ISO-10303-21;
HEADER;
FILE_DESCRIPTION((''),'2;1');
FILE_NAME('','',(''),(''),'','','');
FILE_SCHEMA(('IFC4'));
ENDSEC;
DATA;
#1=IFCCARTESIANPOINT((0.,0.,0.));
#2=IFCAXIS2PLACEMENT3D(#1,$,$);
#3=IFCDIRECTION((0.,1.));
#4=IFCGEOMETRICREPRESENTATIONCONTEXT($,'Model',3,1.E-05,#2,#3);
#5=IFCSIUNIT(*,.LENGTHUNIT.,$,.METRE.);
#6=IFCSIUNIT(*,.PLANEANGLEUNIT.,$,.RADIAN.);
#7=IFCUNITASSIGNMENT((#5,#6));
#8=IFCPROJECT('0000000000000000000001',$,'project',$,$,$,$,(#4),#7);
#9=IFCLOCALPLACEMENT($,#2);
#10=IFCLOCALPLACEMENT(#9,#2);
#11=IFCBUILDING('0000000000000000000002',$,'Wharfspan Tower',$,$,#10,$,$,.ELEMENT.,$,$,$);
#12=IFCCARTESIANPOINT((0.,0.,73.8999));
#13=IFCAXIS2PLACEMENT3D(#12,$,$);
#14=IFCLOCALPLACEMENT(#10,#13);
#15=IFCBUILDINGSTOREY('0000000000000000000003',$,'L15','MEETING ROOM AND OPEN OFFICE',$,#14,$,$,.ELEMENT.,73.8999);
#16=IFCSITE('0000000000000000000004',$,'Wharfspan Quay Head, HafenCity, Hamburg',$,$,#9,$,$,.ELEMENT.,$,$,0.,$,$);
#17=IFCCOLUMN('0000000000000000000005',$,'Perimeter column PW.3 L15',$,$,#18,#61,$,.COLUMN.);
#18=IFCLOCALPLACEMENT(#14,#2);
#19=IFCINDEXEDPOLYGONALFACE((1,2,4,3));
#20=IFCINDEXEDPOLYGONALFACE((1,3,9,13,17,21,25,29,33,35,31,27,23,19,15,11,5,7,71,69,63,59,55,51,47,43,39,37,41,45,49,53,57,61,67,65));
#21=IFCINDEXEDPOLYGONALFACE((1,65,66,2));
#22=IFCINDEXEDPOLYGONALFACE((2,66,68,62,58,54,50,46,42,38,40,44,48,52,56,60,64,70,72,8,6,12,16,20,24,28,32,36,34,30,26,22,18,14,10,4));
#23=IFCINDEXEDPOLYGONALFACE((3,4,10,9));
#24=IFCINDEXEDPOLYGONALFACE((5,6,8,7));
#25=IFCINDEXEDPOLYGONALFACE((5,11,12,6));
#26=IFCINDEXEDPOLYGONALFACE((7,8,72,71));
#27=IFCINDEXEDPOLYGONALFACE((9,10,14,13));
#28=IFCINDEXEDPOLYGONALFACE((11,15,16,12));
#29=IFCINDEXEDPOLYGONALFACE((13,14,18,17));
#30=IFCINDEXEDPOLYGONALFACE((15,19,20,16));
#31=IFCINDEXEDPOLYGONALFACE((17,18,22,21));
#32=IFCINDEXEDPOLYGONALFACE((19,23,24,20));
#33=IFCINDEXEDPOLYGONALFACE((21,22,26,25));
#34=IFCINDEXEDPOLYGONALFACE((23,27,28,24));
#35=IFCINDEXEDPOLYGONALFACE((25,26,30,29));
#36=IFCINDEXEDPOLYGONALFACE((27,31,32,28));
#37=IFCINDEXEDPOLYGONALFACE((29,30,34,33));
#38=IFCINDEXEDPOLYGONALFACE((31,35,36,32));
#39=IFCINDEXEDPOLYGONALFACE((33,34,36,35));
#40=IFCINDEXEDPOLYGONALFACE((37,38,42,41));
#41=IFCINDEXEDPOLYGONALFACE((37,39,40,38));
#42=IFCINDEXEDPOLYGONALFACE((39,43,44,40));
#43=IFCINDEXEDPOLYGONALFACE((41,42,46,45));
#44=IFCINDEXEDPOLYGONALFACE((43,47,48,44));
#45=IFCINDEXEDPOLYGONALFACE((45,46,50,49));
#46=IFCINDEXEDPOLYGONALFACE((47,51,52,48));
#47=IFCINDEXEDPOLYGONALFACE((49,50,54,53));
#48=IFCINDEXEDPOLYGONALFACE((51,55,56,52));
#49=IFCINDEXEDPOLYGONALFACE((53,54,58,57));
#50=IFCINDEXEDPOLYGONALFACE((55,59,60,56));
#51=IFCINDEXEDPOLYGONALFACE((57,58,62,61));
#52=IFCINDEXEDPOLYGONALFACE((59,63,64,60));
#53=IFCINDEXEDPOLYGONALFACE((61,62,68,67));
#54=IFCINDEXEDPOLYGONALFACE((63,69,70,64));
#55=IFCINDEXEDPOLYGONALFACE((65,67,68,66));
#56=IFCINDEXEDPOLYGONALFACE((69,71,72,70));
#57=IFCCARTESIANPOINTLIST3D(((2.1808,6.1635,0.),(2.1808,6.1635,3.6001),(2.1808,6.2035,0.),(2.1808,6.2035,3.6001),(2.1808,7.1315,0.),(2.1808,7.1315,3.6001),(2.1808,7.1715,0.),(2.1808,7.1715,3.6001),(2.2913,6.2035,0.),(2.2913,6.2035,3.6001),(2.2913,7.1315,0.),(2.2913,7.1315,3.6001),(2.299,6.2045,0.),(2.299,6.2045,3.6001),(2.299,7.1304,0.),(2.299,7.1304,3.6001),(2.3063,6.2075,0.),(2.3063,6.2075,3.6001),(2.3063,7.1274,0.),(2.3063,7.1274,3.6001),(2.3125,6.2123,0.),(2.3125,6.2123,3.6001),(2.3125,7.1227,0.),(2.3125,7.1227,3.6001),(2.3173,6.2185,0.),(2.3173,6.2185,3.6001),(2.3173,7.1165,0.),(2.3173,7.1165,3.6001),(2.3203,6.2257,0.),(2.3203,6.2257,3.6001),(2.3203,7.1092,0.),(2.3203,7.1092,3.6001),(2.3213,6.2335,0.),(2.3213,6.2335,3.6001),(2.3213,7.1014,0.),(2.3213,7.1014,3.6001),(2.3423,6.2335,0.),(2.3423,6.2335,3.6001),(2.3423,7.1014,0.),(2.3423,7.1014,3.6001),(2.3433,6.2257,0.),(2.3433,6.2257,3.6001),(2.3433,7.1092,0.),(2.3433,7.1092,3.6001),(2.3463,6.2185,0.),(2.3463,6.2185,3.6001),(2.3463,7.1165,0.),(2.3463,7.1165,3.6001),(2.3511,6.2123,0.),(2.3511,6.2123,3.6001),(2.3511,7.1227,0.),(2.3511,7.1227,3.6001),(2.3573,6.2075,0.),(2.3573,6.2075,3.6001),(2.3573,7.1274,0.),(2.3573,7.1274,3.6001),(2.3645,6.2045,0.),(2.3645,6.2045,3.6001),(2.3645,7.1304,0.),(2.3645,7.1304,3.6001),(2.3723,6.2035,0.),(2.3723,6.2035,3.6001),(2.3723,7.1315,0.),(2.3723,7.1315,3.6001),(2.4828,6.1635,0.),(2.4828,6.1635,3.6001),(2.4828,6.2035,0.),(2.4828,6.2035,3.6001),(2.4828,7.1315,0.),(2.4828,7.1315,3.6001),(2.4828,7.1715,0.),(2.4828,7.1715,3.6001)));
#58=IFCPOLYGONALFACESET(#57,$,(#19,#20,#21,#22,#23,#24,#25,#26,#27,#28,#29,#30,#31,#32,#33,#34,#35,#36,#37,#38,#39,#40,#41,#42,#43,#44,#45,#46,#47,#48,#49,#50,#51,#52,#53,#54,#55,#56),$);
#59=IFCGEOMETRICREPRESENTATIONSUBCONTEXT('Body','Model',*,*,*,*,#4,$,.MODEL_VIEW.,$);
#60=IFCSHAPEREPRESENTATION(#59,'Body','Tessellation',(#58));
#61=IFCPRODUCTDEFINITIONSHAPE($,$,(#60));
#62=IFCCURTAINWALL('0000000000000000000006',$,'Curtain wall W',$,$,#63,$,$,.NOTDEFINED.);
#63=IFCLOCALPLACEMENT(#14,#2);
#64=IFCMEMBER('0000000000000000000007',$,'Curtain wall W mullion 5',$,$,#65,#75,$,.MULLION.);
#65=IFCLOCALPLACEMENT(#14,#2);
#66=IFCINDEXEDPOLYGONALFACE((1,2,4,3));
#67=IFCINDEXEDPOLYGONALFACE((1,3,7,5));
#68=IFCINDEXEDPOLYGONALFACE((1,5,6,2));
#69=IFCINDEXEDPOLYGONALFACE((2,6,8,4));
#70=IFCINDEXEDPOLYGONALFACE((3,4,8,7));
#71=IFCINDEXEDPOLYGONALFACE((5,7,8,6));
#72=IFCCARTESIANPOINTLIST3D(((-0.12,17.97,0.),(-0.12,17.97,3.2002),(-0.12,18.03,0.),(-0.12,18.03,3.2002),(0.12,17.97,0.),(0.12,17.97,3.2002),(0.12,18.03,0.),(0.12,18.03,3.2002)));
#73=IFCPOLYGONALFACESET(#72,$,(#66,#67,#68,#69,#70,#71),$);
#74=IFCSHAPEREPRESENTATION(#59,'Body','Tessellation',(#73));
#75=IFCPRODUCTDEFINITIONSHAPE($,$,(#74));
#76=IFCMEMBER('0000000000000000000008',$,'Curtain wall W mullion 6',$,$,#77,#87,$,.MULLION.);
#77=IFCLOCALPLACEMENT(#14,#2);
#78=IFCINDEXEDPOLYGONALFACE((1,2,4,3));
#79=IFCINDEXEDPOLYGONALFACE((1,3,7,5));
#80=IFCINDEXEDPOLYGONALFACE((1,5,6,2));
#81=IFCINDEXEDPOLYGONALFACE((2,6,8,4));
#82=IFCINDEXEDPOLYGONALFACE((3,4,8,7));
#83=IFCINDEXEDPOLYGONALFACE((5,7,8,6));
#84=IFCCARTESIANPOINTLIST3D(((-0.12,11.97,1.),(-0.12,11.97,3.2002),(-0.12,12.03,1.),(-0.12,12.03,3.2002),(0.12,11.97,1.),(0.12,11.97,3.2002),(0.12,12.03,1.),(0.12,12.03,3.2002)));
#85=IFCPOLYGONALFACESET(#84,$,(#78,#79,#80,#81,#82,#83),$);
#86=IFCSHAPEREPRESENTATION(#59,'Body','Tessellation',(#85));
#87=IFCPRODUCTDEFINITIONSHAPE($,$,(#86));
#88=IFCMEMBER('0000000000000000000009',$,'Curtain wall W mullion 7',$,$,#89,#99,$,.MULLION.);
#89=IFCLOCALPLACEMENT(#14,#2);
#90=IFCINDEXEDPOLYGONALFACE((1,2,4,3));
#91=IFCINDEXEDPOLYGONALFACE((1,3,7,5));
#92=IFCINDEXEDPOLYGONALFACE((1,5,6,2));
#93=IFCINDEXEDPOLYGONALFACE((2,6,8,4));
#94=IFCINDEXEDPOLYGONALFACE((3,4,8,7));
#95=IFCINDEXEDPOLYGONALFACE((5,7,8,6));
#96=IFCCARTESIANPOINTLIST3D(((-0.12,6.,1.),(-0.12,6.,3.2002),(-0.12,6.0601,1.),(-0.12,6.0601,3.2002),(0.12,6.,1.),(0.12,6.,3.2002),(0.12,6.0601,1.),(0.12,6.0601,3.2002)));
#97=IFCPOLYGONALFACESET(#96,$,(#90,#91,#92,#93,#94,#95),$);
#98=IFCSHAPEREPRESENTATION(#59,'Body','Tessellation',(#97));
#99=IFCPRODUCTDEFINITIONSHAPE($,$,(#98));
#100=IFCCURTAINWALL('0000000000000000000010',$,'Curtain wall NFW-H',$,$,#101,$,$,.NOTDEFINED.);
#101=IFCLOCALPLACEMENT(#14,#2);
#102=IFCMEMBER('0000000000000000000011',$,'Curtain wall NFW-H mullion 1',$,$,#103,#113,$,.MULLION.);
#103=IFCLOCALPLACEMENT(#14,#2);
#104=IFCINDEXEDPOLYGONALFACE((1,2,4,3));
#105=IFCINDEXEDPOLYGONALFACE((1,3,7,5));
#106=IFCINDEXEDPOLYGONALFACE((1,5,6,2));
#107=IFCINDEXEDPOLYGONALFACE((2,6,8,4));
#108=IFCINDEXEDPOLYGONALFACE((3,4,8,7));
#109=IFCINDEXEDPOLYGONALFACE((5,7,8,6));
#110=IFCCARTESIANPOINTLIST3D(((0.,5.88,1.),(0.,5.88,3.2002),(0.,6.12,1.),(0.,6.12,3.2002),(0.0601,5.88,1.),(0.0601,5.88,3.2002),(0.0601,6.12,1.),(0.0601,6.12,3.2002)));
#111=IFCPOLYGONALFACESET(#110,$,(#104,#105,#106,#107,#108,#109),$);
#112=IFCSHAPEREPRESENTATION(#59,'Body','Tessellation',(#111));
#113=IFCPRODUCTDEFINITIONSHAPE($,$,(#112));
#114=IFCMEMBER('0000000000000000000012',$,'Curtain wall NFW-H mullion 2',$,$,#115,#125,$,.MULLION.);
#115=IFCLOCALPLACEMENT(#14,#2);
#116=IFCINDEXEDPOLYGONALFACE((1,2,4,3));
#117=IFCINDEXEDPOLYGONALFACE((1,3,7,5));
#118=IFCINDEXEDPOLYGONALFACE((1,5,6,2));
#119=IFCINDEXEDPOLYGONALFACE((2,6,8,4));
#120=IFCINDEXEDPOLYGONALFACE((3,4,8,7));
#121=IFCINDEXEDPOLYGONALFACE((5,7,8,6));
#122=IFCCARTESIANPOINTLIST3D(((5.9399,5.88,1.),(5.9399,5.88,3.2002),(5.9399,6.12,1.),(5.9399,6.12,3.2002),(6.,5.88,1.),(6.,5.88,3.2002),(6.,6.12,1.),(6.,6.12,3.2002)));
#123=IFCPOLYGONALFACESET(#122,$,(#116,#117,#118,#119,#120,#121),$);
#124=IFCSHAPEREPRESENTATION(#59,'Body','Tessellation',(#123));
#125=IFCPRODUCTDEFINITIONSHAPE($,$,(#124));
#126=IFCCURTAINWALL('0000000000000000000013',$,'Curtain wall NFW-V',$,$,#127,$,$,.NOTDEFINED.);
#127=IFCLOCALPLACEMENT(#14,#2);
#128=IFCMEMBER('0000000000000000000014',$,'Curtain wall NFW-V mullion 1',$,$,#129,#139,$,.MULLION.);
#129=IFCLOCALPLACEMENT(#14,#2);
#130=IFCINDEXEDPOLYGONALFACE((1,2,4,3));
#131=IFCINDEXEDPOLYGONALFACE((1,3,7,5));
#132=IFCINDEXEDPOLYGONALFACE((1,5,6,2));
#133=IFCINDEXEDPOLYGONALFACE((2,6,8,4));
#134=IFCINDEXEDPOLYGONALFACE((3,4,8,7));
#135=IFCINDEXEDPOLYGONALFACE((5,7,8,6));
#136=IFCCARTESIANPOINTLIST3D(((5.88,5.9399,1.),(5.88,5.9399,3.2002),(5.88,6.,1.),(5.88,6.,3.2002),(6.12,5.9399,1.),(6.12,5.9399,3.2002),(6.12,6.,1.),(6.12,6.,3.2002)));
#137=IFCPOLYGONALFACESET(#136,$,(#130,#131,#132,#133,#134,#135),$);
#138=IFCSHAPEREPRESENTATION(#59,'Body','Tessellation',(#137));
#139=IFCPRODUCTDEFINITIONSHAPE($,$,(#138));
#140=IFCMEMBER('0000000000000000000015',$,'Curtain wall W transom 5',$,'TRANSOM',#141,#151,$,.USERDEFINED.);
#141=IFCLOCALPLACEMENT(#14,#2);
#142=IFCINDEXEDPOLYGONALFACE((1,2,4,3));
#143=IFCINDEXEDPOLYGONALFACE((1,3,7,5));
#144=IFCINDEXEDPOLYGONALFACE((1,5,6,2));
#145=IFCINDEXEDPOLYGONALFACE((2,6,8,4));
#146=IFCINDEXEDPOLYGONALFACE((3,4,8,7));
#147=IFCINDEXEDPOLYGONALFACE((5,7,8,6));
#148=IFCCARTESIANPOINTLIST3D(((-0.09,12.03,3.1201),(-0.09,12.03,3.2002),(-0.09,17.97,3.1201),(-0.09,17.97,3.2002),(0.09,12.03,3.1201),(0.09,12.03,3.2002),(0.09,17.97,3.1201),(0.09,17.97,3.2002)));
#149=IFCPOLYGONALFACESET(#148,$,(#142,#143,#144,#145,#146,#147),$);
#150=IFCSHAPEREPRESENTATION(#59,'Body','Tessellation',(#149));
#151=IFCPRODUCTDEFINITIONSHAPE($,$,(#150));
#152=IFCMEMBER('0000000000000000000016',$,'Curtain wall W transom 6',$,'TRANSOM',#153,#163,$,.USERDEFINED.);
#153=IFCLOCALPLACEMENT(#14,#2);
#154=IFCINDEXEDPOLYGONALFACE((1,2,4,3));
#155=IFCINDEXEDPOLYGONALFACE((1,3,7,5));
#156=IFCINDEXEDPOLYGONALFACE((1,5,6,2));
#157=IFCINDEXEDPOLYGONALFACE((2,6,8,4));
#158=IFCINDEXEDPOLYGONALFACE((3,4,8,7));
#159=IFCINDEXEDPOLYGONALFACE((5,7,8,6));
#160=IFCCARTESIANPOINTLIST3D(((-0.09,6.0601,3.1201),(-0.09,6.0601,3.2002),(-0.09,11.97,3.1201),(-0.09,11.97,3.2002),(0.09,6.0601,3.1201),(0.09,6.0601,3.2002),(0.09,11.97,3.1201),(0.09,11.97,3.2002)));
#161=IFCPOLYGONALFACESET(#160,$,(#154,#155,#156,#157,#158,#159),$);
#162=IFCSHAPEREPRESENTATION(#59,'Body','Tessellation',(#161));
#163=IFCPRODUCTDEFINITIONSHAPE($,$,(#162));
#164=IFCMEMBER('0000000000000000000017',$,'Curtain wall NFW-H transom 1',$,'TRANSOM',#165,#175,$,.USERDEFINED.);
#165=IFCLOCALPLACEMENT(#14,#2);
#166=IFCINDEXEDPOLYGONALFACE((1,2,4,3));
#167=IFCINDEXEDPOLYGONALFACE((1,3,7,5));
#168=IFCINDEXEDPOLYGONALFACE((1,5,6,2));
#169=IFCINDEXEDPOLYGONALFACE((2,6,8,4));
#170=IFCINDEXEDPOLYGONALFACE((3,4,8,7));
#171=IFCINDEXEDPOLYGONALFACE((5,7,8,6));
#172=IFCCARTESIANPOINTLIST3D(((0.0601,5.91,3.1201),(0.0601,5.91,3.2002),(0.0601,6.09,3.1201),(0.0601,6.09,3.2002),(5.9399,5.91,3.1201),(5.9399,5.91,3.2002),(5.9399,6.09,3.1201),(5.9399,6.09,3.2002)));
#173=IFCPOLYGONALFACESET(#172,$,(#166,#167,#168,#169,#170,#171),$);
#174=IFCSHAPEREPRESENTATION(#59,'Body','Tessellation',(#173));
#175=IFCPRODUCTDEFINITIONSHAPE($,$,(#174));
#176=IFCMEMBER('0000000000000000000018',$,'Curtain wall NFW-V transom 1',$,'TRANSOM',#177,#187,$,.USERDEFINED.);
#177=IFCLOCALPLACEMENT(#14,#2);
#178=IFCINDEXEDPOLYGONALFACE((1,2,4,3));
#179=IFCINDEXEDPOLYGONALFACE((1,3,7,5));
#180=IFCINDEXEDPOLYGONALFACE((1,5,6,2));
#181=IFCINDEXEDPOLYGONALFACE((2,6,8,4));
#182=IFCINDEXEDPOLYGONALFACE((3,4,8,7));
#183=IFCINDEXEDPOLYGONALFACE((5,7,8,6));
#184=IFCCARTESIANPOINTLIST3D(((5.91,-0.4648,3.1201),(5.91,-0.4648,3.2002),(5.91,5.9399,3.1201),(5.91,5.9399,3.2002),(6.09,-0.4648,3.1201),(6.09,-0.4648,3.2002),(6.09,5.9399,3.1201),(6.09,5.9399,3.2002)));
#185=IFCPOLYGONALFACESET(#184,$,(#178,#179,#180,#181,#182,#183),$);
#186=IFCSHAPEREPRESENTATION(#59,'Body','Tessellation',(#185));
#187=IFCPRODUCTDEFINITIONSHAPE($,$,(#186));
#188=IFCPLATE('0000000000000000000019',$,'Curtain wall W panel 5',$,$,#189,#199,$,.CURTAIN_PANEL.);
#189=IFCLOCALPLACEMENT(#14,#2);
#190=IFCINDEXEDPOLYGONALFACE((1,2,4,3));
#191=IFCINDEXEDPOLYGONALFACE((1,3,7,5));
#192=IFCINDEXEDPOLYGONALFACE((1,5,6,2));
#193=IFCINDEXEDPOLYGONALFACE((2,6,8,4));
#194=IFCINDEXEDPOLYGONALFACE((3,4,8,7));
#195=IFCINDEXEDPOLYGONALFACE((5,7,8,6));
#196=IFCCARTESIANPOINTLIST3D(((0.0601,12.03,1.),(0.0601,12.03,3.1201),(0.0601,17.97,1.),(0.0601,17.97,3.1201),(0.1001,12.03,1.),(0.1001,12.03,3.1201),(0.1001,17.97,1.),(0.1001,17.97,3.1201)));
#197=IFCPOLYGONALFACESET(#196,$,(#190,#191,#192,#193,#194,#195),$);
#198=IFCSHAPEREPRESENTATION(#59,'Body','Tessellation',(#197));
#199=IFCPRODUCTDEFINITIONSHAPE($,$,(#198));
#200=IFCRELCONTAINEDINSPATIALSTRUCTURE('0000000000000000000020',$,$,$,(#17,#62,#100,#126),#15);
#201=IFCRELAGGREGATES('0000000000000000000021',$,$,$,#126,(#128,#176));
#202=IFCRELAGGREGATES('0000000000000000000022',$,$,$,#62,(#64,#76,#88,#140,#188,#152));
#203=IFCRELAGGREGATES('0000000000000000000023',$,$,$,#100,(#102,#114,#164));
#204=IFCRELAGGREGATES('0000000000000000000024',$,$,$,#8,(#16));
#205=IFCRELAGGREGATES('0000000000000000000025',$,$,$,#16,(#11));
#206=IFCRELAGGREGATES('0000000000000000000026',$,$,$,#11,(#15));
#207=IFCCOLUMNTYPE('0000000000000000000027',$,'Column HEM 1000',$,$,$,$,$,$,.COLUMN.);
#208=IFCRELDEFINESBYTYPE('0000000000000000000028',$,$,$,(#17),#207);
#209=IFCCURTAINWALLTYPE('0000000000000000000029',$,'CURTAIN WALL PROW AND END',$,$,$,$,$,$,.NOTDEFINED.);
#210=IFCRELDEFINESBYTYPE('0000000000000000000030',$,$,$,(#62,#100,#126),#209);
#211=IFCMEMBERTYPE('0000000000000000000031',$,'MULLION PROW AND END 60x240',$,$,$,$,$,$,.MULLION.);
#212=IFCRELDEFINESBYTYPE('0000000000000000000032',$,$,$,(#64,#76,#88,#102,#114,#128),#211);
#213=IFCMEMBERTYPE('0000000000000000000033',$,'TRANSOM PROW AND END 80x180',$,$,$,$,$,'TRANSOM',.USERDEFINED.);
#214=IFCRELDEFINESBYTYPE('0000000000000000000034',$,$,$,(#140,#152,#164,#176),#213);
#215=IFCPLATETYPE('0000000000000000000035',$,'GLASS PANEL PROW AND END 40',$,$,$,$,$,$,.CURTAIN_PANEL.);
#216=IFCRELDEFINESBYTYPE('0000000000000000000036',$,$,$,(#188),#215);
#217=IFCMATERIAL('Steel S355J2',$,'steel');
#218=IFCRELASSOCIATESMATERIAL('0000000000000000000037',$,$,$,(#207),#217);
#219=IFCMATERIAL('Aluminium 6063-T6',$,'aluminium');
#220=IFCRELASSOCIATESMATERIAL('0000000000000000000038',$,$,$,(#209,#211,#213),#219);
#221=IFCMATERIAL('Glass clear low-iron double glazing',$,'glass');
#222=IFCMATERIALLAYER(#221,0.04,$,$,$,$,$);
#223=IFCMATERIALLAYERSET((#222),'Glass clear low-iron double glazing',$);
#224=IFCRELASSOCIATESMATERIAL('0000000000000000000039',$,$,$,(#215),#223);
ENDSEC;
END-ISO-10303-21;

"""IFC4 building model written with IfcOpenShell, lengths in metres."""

from ifc_helpers import new_model, si_unit, direction, frame, origin, origin_2d, place, context, subcontext, project, spatial, rectangle, i_section, extrude, material, layer, layer_set, material_profile, profile_set, type_object, element, aggregate, save


model = new_model("IFC4")

# Units and contexts
model_context = context("Model", 3, precision=1e-05, world=origin(), true_north=direction((0.0, 1.0)))
body_context = subcontext(model_context, "Body", "Model", "MODEL_VIEW")
ifc_project = project(units=[si_unit("LENGTHUNIT", "METRE"), si_unit("PLANEANGLEUNIT", "RADIAN")], contexts=[model_context])

# Site, building, storey
site_placement = place(None, origin())
site = spatial("IfcSite", under=ifc_project, at=site_placement, Name="Wharfspan Quay Head, HafenCity, Hamburg", CompositionType="ELEMENT", RefElevation=0.0)
building_placement = place(site_placement, origin())
building = spatial("IfcBuilding", under=site, at=building_placement, Name="Wharfspan Tower", CompositionType="ELEMENT")
storey_placement = place(building_placement, frame((0.0, 0.0, 73.8999)))
storey = spatial("IfcBuildingStorey", under=building, at=storey_placement, Name="L15", Description="MEETING ROOM AND OPEN OFFICE", CompositionType="ELEMENT", Elevation=73.8999)

# Column
ifc_material_1 = material(Name="Steel S355J2", Category="steel")
ifc_material_profile_1 = material_profile(ifc_material_1, i_section(OverallWidth=0.302, OverallDepth=1.0081, WebThickness=0.021, FlangeThickness=0.04, FilletRadius=0.03, at=origin_2d()))
ifc_profile_set_1 = profile_set([ifc_material_profile_1], Name="Steel S355J2")
column_type = type_object("IfcColumnType", Name="Column HEM 1000", PredefinedType="COLUMN", material=ifc_profile_set_1)
column_placement = place(storey_placement, frame((2.3318, 6.6675, 0.0), z_axis=(0.0, 0.0, 1.0), x_axis=(-1.0, 0.0, 0.0)))
element("IfcColumn", 1, at=column_placement, inside=storey, type_object=column_type, Name="Perimeter column PW.3 L15", PredefinedType="COLUMN", context=body_context, shape_type="SweptSolid", body=[
    extrude(i_section(OverallWidth=0.302, OverallDepth=1.0081, WebThickness=0.021, FlangeThickness=0.04, FilletRadius=0.03, at=origin_2d()), origin(), (0.0, 0.0, 1.0), 3.6001),
])

# Curtain walls, members
ifc_material_2 = material(Name="Aluminium 6063-T6", Category="aluminium")
curtain_wall_type = type_object("IfcCurtainWallType", Name="CURTAIN WALL PROW AND END", PredefinedType="NOTDEFINED", material=ifc_material_2)
curtain_wall_1_placement = place(storey_placement, origin())
curtain_wall_1 = element("IfcCurtainWall", 2, at=curtain_wall_1_placement, inside=storey, type_object=curtain_wall_type, Name="Curtain wall W", PredefinedType="NOTDEFINED")
ifc_material_profile_2 = material_profile(ifc_material_2, rectangle(XDim=0.24, YDim=0.0601, at=origin_2d()))
ifc_profile_set_2 = profile_set([ifc_material_profile_2], Name="Aluminium 6063-T6")
member_type_1 = type_object("IfcMemberType", Name="MULLION PROW AND END 60x240", PredefinedType="MULLION", material=ifc_profile_set_2)
member_1_placement = place(storey_placement, frame((0.0, 18.0, 0.0), z_axis=(0.0, 0.0, 1.0), x_axis=(1.0, 0.0, 0.0)))
member_1 = element("IfcMember", 3, at=member_1_placement, type_object=member_type_1, Name="Curtain wall W mullion 5", PredefinedType="MULLION", context=body_context, shape_type="SweptSolid", body=[
    extrude(rectangle(XDim=0.24, YDim=0.0601, at=origin_2d()), origin(), (0.0, 0.0, 1.0), 3.2002),
])
member_2_placement = place(storey_placement, frame((0.0, 12.0, 1.0), z_axis=(0.0, 0.0, 1.0), x_axis=(1.0, 0.0, 0.0)))
member_2 = element("IfcMember", 4, at=member_2_placement, type_object=member_type_1, Name="Curtain wall W mullion 6", PredefinedType="MULLION", context=body_context, shape_type="SweptSolid", body=[
    extrude(rectangle(XDim=0.24, YDim=0.0601, at=origin_2d()), origin(), (0.0, 0.0, 1.0), 2.2002),
])
member_3_placement = place(storey_placement, frame((0.0, 6.03, 1.0), z_axis=(0.0, 0.0, 1.0), x_axis=(1.0, 0.0, 0.0)))
member_3 = element("IfcMember", 5, at=member_3_placement, type_object=member_type_1, Name="Curtain wall W mullion 7", PredefinedType="MULLION", context=body_context, shape_type="SweptSolid", body=[
    extrude(rectangle(XDim=0.24, YDim=0.0601, at=origin_2d()), origin(), (0.0, 0.0, 1.0), 2.2002),
])
curtain_wall_2_placement = place(storey_placement, origin())
curtain_wall_2 = element("IfcCurtainWall", 6, at=curtain_wall_2_placement, inside=storey, type_object=curtain_wall_type, Name="Curtain wall NFW-H", PredefinedType="NOTDEFINED")
member_4_placement = place(storey_placement, frame((0.03, 6.0, 1.0), z_axis=(0.0, 0.0, 1.0), x_axis=(0.0, 1.0, 0.0)))
member_4 = element("IfcMember", 7, at=member_4_placement, type_object=member_type_1, Name="Curtain wall NFW-H mullion 1", PredefinedType="MULLION", context=body_context, shape_type="SweptSolid", body=[
    extrude(rectangle(XDim=0.24, YDim=0.0601, at=origin_2d()), origin(), (0.0, 0.0, 1.0), 2.2002),
])
member_5_placement = place(storey_placement, frame((5.97, 6.0, 1.0), z_axis=(0.0, 0.0, 1.0), x_axis=(0.0, 1.0, 0.0)))
member_5 = element("IfcMember", 8, at=member_5_placement, type_object=member_type_1, Name="Curtain wall NFW-H mullion 2", PredefinedType="MULLION", context=body_context, shape_type="SweptSolid", body=[
    extrude(rectangle(XDim=0.24, YDim=0.0601, at=origin_2d()), origin(), (0.0, 0.0, 1.0), 2.2002),
])

# Curtain wall, member
curtain_wall_3_placement = place(storey_placement, origin())
curtain_wall_3 = element("IfcCurtainWall", 9, at=curtain_wall_3_placement, inside=storey, type_object=curtain_wall_type, Name="Curtain wall NFW-V", PredefinedType="NOTDEFINED")
member_6_placement = place(storey_placement, frame((6.0, 5.97, 1.0), z_axis=(0.0, 0.0, 1.0), x_axis=(1.0, 0.0, 0.0)))
member_6 = element("IfcMember", 10, at=member_6_placement, type_object=member_type_1, Name="Curtain wall NFW-V mullion 1", PredefinedType="MULLION", context=body_context, shape_type="SweptSolid", body=[
    extrude(rectangle(XDim=0.24, YDim=0.0601, at=origin_2d()), origin(), (0.0, 0.0, 1.0), 2.2002),
])

# Members
ifc_material_profile_3 = material_profile(ifc_material_2, rectangle(XDim=0.1799, YDim=0.0801, at=origin_2d()))
ifc_profile_set_3 = profile_set([ifc_material_profile_3], Name="Aluminium 6063-T6")
member_type_2 = type_object("IfcMemberType", Name="TRANSOM PROW AND END 80x180", ElementType="TRANSOM", PredefinedType="USERDEFINED", material=ifc_profile_set_3)
member_7_placement = place(storey_placement, frame((0.0, 17.97, 3.1602), z_axis=(0.0, -1.0, 0.0), x_axis=(1.0, 0.0, 0.0)))
member_7 = element("IfcMember", 11, at=member_7_placement, type_object=member_type_2, Name="Curtain wall W transom 5", ObjectType="TRANSOM", PredefinedType="USERDEFINED", context=body_context, shape_type="SweptSolid", body=[
    extrude(rectangle(XDim=0.1799, YDim=0.0801, at=origin_2d()), origin(), (0.0, 0.0, 1.0), 5.9399),
])
member_8_placement = place(storey_placement, frame((0.0, 11.97, 3.1602), z_axis=(0.0, -1.0, 0.0), x_axis=(1.0, 0.0, 0.0)))
member_8 = element("IfcMember", 12, at=member_8_placement, type_object=member_type_2, Name="Curtain wall W transom 6", ObjectType="TRANSOM", PredefinedType="USERDEFINED", context=body_context, shape_type="SweptSolid", body=[
    extrude(rectangle(XDim=0.1799, YDim=0.0801, at=origin_2d()), origin(), (0.0, 0.0, 1.0), 5.9099),
])
member_9_placement = place(storey_placement, frame((0.0601, 6.0, 3.1602), z_axis=(1.0, 0.0, 0.0), x_axis=(0.0, 1.0, 0.0)))
member_9 = element("IfcMember", 13, at=member_9_placement, type_object=member_type_2, Name="Curtain wall NFW-H transom 1", ObjectType="TRANSOM", PredefinedType="USERDEFINED", context=body_context, shape_type="SweptSolid", body=[
    extrude(rectangle(XDim=0.1799, YDim=0.0801, at=origin_2d()), origin(), (0.0, 0.0, 1.0), 5.8799),
])
member_10_placement = place(storey_placement, frame((6.0, 5.9399, 3.1602), z_axis=(0.0, -1.0, 0.0), x_axis=(1.0, 0.0, 0.0)))
member_10 = element("IfcMember", 14, at=member_10_placement, type_object=member_type_2, Name="Curtain wall NFW-V transom 1", ObjectType="TRANSOM", PredefinedType="USERDEFINED", context=body_context, shape_type="SweptSolid", body=[
    extrude(rectangle(XDim=0.1799, YDim=0.0801, at=origin_2d()), origin(), (0.0, 0.0, 1.0), 6.4048),
])
aggregate(curtain_wall_3, [member_6, member_10])

# Plate
ifc_material_3 = material(Name="Glass clear low-iron double glazing", Category="glass")
ifc_layer_1 = layer(ifc_material_3, 0.04)
ifc_layer_set_1 = layer_set([ifc_layer_1], Name="Glass clear low-iron double glazing")
plate_type = type_object("IfcPlateType", Name="GLASS PANEL PROW AND END 40", PredefinedType="CURTAIN_PANEL", material=ifc_layer_set_1)
plate_1_placement = place(storey_placement, frame((0.0801, 15.0, 1.0), z_axis=(0.0, 0.0, 1.0), x_axis=(0.0, -1.0, 0.0)))
plate_1 = element("IfcPlate", 15, at=plate_1_placement, type_object=plate_type, Name="Curtain wall W panel 5", PredefinedType="CURTAIN_PANEL", context=body_context, shape_type="SweptSolid", body=[
    extrude(rectangle(XDim=5.9399, YDim=0.04, at=origin_2d()), origin(), (0.0, 0.0, 1.0), 2.1201),
])
aggregate(curtain_wall_1, [member_1, member_2, member_3, member_7, plate_1, member_8])
aggregate(curtain_wall_2, [member_4, member_5, member_9])

save(model, "model.ifc")
